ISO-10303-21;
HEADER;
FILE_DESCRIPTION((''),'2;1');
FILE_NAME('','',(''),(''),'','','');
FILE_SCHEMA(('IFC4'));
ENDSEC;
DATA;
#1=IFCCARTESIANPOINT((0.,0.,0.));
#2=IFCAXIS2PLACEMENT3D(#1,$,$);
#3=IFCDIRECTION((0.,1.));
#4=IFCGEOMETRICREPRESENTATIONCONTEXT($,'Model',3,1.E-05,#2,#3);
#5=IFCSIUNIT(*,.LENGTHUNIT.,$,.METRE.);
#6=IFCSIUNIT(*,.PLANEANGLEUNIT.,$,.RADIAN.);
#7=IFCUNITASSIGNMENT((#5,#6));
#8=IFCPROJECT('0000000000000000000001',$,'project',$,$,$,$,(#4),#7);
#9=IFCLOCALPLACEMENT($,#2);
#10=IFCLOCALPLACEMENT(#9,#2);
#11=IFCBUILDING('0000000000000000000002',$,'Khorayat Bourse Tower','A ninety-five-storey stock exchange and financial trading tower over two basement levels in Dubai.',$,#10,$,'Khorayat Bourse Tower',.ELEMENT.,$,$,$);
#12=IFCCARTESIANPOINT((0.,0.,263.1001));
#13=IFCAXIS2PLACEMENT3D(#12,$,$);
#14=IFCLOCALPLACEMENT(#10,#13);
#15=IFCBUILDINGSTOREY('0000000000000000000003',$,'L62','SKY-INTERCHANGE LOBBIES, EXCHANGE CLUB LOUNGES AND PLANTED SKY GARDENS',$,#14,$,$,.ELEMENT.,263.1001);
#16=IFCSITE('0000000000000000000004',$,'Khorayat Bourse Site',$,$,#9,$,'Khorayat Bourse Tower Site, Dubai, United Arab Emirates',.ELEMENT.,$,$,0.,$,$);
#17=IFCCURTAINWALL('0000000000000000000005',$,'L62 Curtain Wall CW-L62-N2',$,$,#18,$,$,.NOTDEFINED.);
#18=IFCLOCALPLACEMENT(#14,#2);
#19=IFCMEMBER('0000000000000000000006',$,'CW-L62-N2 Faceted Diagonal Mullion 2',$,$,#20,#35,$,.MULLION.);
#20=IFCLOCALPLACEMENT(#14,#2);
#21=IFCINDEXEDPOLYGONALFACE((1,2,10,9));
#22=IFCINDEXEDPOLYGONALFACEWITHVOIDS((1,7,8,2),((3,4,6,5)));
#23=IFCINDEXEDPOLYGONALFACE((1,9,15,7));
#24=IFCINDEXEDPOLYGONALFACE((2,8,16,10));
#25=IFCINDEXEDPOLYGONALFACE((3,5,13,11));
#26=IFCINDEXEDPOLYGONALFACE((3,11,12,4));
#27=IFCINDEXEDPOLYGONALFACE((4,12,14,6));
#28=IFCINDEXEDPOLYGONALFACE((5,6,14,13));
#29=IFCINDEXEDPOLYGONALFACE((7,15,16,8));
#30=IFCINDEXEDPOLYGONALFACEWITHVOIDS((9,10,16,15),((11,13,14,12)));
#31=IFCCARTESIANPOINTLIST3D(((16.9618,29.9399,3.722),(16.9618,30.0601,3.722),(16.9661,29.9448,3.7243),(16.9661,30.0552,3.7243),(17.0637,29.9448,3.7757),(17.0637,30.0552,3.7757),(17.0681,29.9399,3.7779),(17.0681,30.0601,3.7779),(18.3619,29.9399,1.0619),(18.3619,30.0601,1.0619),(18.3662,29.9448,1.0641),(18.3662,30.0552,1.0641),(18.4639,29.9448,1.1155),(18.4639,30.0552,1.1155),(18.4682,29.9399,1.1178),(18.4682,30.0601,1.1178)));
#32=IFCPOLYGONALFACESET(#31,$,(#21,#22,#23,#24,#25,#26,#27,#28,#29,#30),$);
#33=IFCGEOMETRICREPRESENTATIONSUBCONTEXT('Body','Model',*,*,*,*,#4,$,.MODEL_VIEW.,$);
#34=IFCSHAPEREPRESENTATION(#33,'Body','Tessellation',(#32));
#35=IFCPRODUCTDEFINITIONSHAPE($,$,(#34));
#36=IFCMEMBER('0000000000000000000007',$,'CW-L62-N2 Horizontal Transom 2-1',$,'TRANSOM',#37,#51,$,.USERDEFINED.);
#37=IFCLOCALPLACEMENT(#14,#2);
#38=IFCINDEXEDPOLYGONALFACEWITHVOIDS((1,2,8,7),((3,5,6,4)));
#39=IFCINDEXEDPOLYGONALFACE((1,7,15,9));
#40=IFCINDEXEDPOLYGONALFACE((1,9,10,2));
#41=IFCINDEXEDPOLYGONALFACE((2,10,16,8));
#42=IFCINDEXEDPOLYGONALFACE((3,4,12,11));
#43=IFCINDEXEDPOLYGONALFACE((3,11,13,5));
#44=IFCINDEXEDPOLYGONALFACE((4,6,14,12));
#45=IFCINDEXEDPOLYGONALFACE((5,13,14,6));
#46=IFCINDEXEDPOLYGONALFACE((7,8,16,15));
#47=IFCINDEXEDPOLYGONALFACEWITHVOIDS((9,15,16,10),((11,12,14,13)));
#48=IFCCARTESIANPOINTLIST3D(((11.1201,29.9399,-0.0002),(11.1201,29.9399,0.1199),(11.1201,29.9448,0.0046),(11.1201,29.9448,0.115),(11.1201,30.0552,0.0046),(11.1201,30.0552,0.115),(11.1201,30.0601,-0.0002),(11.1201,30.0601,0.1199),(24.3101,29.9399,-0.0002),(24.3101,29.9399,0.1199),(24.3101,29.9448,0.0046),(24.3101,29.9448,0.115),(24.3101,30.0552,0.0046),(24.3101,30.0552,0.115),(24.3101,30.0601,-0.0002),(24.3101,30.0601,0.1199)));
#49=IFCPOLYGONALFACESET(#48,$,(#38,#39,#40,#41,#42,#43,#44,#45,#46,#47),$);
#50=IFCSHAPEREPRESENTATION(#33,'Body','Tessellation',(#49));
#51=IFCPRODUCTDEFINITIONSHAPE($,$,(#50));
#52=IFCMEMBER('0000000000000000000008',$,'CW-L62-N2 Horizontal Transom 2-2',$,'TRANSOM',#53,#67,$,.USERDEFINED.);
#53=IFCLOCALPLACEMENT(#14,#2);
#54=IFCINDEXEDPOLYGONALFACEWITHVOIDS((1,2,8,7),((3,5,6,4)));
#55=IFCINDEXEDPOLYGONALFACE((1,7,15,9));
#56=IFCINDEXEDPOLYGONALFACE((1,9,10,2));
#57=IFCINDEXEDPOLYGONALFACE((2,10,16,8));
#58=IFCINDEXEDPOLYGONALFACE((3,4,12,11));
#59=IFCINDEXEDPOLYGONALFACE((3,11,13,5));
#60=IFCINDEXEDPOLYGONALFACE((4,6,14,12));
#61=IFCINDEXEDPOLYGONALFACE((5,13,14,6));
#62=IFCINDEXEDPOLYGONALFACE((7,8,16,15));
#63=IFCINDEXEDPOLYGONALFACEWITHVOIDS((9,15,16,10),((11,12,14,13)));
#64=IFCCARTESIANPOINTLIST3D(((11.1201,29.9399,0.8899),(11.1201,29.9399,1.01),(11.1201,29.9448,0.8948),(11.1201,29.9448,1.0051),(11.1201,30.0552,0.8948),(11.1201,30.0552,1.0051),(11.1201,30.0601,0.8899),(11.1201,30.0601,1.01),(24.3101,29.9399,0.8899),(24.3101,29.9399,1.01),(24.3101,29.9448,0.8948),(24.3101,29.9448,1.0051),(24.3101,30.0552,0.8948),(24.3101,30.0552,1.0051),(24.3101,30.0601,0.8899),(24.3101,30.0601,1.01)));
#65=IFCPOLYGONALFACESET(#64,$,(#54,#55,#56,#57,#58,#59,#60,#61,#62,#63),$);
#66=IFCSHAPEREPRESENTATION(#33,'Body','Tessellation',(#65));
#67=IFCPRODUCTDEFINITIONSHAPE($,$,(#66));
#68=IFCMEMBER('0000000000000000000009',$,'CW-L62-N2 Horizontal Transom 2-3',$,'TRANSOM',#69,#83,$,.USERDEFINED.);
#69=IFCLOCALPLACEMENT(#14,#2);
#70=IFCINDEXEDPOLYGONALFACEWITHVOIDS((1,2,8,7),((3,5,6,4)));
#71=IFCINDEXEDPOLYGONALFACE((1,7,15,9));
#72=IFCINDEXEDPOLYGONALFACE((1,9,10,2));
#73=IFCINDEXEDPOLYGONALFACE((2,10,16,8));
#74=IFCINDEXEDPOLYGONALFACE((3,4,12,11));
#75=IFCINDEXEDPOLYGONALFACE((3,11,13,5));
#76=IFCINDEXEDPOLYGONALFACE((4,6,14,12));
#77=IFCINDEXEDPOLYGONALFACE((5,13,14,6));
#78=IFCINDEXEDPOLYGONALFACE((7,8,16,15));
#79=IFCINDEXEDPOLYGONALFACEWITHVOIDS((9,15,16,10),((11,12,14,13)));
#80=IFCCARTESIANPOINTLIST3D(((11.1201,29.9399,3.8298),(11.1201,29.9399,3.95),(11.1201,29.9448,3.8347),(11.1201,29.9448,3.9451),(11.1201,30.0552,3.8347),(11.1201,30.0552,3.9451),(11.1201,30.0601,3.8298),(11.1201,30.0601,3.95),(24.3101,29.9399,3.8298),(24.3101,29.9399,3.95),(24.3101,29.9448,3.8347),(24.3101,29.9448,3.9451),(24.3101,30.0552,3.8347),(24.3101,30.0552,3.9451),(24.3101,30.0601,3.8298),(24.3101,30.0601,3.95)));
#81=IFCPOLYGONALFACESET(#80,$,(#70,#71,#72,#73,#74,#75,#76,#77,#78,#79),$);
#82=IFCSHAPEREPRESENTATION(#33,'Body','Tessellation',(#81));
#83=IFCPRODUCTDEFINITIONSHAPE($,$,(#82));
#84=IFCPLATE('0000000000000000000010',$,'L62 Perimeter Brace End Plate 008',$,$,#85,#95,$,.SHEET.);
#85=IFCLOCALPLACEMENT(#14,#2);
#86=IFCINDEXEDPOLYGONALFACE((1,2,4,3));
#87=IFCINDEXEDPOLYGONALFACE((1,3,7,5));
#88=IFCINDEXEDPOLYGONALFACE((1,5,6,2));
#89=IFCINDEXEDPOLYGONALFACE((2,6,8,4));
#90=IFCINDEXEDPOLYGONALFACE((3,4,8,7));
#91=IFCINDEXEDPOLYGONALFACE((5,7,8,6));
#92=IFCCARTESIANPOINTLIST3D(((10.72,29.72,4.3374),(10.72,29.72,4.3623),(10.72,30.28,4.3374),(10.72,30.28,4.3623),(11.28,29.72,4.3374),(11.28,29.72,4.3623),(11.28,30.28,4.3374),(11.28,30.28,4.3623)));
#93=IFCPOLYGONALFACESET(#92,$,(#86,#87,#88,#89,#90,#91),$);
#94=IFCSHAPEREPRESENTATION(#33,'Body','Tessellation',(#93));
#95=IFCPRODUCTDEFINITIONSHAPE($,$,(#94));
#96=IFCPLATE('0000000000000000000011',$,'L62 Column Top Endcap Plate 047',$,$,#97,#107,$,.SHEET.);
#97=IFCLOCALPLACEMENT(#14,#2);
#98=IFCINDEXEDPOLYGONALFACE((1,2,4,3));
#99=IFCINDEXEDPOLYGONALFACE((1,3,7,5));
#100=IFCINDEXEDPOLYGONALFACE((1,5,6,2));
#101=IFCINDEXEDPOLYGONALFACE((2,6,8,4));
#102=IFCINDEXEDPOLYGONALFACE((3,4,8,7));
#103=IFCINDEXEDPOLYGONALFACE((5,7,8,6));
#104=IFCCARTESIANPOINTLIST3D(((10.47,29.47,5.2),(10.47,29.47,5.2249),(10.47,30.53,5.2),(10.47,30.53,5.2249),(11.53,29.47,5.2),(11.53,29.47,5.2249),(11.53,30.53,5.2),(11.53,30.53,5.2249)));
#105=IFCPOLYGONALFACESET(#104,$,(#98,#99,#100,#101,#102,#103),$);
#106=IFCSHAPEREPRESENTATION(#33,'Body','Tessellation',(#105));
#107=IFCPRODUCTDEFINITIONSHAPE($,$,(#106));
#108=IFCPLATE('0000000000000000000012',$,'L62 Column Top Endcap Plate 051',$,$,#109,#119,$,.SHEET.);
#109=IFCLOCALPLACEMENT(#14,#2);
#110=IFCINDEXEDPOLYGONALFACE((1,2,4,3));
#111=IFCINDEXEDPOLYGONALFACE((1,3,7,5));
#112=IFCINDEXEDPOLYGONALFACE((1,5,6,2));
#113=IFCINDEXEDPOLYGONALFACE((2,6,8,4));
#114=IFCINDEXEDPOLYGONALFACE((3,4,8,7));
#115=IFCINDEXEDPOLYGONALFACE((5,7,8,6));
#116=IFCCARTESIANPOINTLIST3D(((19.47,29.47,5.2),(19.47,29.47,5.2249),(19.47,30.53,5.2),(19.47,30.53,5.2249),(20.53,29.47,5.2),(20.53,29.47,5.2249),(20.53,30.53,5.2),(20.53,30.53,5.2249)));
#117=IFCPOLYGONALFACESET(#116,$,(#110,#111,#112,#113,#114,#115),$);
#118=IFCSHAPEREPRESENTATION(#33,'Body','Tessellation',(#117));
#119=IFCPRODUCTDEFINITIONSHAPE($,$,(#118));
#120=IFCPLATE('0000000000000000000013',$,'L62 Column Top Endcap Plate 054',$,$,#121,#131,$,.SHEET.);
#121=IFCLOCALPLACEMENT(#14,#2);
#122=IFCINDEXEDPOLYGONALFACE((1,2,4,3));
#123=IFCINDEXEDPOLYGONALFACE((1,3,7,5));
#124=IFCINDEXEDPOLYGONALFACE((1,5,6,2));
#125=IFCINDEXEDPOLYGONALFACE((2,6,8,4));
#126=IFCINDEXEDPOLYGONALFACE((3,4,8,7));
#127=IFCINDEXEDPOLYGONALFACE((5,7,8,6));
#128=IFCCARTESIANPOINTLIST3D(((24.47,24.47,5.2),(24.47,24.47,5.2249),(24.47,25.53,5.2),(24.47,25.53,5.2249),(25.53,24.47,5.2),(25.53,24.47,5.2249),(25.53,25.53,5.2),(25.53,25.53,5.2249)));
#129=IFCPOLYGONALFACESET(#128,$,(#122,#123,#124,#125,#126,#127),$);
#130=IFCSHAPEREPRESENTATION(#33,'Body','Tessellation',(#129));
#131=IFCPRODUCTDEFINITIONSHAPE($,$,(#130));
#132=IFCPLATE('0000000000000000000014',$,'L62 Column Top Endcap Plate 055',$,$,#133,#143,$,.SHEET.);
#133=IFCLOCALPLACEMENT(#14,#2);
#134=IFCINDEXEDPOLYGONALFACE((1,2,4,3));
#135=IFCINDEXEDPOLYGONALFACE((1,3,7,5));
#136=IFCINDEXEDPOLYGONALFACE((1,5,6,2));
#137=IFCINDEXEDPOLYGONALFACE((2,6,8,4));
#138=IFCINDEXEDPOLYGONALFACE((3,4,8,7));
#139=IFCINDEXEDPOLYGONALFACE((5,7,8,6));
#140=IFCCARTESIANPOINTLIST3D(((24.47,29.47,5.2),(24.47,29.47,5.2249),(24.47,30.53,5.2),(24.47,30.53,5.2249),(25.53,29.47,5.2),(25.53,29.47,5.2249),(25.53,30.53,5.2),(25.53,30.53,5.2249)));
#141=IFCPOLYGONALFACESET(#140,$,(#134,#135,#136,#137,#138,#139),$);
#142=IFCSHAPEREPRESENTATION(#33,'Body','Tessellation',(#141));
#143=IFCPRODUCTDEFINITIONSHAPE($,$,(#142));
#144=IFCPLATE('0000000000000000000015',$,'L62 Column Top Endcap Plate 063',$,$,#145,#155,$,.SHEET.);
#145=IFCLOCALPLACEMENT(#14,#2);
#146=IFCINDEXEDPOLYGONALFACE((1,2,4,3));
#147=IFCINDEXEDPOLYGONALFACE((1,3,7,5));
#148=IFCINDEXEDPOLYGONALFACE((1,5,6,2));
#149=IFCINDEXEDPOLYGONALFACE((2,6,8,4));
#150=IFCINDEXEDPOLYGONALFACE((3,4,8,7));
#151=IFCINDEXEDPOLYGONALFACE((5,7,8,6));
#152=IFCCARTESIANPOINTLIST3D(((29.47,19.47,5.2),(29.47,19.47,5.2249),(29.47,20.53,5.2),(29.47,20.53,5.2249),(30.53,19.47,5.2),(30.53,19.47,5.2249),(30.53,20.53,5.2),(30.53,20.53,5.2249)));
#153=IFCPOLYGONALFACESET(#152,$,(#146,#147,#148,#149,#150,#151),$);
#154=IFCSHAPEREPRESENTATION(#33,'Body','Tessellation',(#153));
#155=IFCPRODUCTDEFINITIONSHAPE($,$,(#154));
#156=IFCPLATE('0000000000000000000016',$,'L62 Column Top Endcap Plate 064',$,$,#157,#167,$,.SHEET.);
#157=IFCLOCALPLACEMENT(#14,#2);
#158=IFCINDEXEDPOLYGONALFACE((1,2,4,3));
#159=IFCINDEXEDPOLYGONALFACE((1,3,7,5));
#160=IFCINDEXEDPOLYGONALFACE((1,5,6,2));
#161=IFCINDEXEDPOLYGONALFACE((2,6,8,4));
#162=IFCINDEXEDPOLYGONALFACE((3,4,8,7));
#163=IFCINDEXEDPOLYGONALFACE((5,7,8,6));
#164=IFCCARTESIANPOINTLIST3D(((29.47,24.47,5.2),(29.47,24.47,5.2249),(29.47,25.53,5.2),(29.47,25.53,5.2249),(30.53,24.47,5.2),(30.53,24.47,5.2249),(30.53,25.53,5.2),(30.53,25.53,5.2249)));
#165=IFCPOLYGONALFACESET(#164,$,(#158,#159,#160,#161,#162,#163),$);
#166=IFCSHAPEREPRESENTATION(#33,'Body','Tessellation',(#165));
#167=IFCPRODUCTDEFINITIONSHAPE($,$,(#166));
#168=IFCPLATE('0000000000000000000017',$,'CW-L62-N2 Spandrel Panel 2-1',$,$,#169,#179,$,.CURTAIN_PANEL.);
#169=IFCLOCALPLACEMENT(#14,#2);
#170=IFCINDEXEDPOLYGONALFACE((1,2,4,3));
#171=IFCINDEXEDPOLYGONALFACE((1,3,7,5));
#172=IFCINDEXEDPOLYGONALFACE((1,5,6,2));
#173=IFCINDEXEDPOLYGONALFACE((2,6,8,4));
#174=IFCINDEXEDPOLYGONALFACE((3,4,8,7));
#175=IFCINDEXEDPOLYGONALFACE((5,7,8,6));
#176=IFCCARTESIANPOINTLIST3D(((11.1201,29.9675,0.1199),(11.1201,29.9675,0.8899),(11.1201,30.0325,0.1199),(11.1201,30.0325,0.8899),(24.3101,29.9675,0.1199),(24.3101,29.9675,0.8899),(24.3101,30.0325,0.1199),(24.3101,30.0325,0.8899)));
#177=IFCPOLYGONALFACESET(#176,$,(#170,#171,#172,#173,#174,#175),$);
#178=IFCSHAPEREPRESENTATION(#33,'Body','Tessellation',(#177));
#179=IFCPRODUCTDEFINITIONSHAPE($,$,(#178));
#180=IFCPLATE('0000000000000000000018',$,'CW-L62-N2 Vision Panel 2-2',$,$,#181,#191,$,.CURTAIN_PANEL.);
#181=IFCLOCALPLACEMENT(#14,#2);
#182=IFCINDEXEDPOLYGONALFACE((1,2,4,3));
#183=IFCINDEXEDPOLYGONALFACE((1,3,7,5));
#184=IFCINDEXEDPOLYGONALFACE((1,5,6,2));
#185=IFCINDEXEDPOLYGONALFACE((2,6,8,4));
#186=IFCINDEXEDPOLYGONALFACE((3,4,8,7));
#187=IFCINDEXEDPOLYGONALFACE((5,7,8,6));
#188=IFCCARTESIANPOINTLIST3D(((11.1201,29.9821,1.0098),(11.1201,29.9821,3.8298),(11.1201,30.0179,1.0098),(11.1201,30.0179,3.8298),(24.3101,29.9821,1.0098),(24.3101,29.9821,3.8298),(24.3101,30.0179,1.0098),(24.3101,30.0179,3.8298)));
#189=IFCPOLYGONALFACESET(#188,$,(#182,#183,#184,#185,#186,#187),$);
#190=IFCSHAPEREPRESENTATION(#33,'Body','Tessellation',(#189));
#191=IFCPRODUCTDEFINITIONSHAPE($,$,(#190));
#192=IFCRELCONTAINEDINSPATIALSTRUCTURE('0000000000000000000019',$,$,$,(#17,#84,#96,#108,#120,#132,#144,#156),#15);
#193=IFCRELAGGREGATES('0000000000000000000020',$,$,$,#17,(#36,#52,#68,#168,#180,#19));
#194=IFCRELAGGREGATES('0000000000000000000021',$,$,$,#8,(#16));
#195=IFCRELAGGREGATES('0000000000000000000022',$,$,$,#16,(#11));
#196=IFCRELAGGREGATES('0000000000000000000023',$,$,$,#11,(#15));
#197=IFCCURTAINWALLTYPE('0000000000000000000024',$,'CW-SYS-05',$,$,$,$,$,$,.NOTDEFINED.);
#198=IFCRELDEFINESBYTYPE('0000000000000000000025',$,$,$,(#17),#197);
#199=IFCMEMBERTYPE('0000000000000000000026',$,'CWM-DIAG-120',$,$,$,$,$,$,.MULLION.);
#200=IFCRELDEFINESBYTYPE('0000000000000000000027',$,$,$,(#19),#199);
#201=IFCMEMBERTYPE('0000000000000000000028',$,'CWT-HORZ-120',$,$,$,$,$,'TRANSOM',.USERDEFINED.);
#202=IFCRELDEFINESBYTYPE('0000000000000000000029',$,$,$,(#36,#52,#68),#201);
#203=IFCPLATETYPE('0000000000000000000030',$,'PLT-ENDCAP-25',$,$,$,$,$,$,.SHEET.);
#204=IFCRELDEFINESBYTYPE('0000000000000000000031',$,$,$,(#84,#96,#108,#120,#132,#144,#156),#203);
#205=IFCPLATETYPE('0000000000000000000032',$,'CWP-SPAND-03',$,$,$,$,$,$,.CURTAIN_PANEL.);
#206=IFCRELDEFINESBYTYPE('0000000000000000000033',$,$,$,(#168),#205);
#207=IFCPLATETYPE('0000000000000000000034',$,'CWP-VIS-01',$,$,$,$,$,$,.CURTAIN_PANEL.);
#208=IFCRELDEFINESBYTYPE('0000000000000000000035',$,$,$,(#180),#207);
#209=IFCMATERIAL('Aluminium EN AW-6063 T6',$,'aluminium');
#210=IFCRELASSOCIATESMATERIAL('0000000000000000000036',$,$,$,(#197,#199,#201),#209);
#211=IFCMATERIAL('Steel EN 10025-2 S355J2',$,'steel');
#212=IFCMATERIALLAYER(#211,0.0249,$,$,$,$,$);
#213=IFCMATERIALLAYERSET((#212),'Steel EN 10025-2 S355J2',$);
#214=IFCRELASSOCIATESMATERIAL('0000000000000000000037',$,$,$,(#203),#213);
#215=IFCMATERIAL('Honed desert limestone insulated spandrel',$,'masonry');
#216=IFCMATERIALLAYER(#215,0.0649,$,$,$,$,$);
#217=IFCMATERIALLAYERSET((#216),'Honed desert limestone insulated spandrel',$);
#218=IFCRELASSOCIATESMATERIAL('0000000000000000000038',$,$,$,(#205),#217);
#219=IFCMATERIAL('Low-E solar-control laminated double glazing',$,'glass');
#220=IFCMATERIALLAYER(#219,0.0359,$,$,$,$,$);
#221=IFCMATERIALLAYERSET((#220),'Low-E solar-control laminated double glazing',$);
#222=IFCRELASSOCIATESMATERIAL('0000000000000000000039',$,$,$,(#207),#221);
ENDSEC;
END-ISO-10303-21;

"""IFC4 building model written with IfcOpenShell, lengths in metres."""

from ifc_helpers import new_model, si_unit, direction, frame, origin, origin_2d, place, context, subcontext, project, spatial, rectangle, hollow_rectangle, extrude, source, transform, mapped, material, layer, layer_set, material_profile, profile_set, type_object, element, aggregate, save


model = new_model("IFC4")

# Units and contexts
model_context = context("Model", 3, precision=1e-05, world=origin(), true_north=direction((0.0, 1.0)))
body_context = subcontext(model_context, "Body", "Model", "MODEL_VIEW")
ifc_project = project(units=[si_unit("LENGTHUNIT", "METRE"), si_unit("PLANEANGLEUNIT", "RADIAN")], contexts=[model_context])

# Site, building, storey
site_placement = place(None, origin())
site = spatial("IfcSite", under=ifc_project, at=site_placement, Name="Khorayat Bourse Site", LongName="Khorayat Bourse Tower Site, Dubai, United Arab Emirates", CompositionType="ELEMENT", RefElevation=0.0)
building_placement = place(site_placement, origin())
building = spatial("IfcBuilding", under=site, at=building_placement, Name="Khorayat Bourse Tower", Description="A ninety-five-storey stock exchange and financial trading tower over two basement levels in Dubai.", LongName="Khorayat Bourse Tower", CompositionType="ELEMENT")
storey_placement = place(building_placement, frame((0.0, 0.0, 263.1001)))
storey = spatial("IfcBuildingStorey", under=building, at=storey_placement, Name="L62", Description="SKY-INTERCHANGE LOBBIES, EXCHANGE CLUB LOUNGES AND PLANTED SKY GARDENS", CompositionType="ELEMENT", Elevation=263.1001)

# Curtain wall
ifc_material_1 = material(Name="Aluminium EN AW-6063 T6", Category="aluminium")
curtain_wall_type = type_object("IfcCurtainWallType", Name="CW-SYS-05", PredefinedType="NOTDEFINED", material=ifc_material_1)
curtain_wall_1_placement = place(storey_placement, origin())
curtain_wall_1 = element("IfcCurtainWall", 1, at=curtain_wall_1_placement, inside=storey, type_object=curtain_wall_type, Name="L62 Curtain Wall CW-L62-N2", PredefinedType="NOTDEFINED")

# Members
ifc_material_profile_1 = material_profile(ifc_material_1, hollow_rectangle(XDim=0.1201, YDim=0.1201, WallThickness=0.0049, at=origin_2d()), Name="ALU 120x120x5")
ifc_profile_set_1 = profile_set([ifc_material_profile_1], Name="Aluminium EN AW-6063 T6")
member_type_1 = type_object("IfcMemberType", Name="CWM-DIAG-120", PredefinedType="MULLION", material=ifc_profile_set_1)
shared_shape_1 = source(origin(), body_context, "Body", "SweptSolid", [
    extrude(hollow_rectangle(XDim=0.1201, YDim=0.1201, WallThickness=0.0049, at=origin_2d()), origin(), (0.0, 0.0, 1.0), 3.0061),
])
member_1_placement = place(storey_placement, frame((18.415, 30.0, 1.0898), z_axis=(-0.465763, 0.0, 0.884909), x_axis=(0.0, -1.0, 0.0)))
member_1 = element("IfcMember", 2, at=member_1_placement, type_object=member_type_1, Name="CW-L62-N2 Faceted Diagonal Mullion 2", PredefinedType="MULLION", context=body_context, shape_type="MappedRepresentation", body=[
    mapped(shared_shape_1, transform((0.0, 0.0, 0.0), scale=1.0)),
])
ifc_material_profile_2 = material_profile(ifc_material_1, hollow_rectangle(XDim=0.1201, YDim=0.1201, WallThickness=0.0049, at=origin_2d()), Name="ALU 120x120x5")
ifc_profile_set_2 = profile_set([ifc_material_profile_2], Name="Aluminium EN AW-6063 T6")
member_type_2 = type_object("IfcMemberType", Name="CWT-HORZ-120", ElementType="TRANSOM", PredefinedType="USERDEFINED", material=ifc_profile_set_2)
shared_shape_2 = source(origin(), body_context, "Body", "SweptSolid", [
    extrude(hollow_rectangle(XDim=0.1201, YDim=0.1201, WallThickness=0.0049, at=origin_2d()), origin(), (0.0, 0.0, 1.0), 13.1899),
])
member_2_placement = place(storey_placement, frame((11.1201, 30.0, 0.0598), z_axis=(1.0, 0.0, 0.0), x_axis=(0.0, 1.0, 0.0)))
member_2 = element("IfcMember", 3, at=member_2_placement, type_object=member_type_2, Name="CW-L62-N2 Horizontal Transom 2-1", ObjectType="TRANSOM", PredefinedType="USERDEFINED", context=body_context, shape_type="MappedRepresentation", body=[
    mapped(shared_shape_2, transform((0.0, 0.0, 0.0), scale=1.0)),
])
member_3_placement = place(storey_placement, frame((11.1201, 30.0, 0.95), z_axis=(1.0, 0.0, 0.0), x_axis=(0.0, 1.0, 0.0)))
member_3 = element("IfcMember", 4, at=member_3_placement, type_object=member_type_2, Name="CW-L62-N2 Horizontal Transom 2-2", ObjectType="TRANSOM", PredefinedType="USERDEFINED", context=body_context, shape_type="MappedRepresentation", body=[
    mapped(shared_shape_2, transform((0.0, 0.0, 0.0), scale=1.0)),
])
member_4_placement = place(storey_placement, frame((11.1201, 30.0, 3.8899), z_axis=(1.0, 0.0, 0.0), x_axis=(0.0, 1.0, 0.0)))
member_4 = element("IfcMember", 5, at=member_4_placement, type_object=member_type_2, Name="CW-L62-N2 Horizontal Transom 2-3", ObjectType="TRANSOM", PredefinedType="USERDEFINED", context=body_context, shape_type="MappedRepresentation", body=[
    mapped(shared_shape_2, transform((0.0, 0.0, 0.0), scale=1.0)),
])

# Plates
ifc_material_2 = material(Name="Steel EN 10025-2 S355J2", Category="steel")
ifc_layer_1 = layer(ifc_material_2, 0.0249)
ifc_layer_set_1 = layer_set([ifc_layer_1], Name="Steel EN 10025-2 S355J2")
plate_type_1 = type_object("IfcPlateType", Name="PLT-ENDCAP-25", PredefinedType="SHEET", material=ifc_layer_set_1)
shared_shape_3 = source(origin(), body_context, "Body", "SweptSolid", [
    extrude(rectangle(XDim=0.5601, YDim=0.5601, at=origin_2d()), origin(), (0.0, 0.0, 1.0), 0.0249),
])
plate_1_placement = place(storey_placement, frame((11.0, 30.0, 4.3374), z_axis=(0.0, 0.0, 1.0), x_axis=(1.0, 0.0, 0.0)))
element("IfcPlate", 6, at=plate_1_placement, inside=storey, type_object=plate_type_1, Name="L62 Perimeter Brace End Plate 008", PredefinedType="SHEET", context=body_context, shape_type="MappedRepresentation", body=[
    mapped(shared_shape_3, transform((0.0, 0.0, 0.0), scale=1.0)),
])
shared_shape_4 = source(origin(), body_context, "Body", "SweptSolid", [
    extrude(rectangle(XDim=1.0601, YDim=1.0601, at=origin_2d()), origin(), (0.0, 0.0, 1.0), 0.0249),
])
for number, where, z_axis, x_axis, name in (
    (7, (11.0, 30.0, 5.2), (0.0, 0.0, 1.0), (1.0, 0.0, 0.0), "L62 Column Top Endcap Plate 047"),
    (8, (20.0, 30.0, 5.2), (0.0, 0.0, 1.0), (1.0, 0.0, 0.0), "L62 Column Top Endcap Plate 051"),
    (9, (25.0, 25.0, 5.2), (0.0, 0.0, 1.0), (1.0, 0.0, 0.0), "L62 Column Top Endcap Plate 054"),
    (10, (25.0, 30.0, 5.2), (0.0, 0.0, 1.0), (1.0, 0.0, 0.0), "L62 Column Top Endcap Plate 055"),
    (11, (30.0, 20.0, 5.2), (0.0, 0.0, 1.0), (1.0, 0.0, 0.0), "L62 Column Top Endcap Plate 063"),
    (12, (30.0, 25.0, 5.2), (0.0, 0.0, 1.0), (1.0, 0.0, 0.0), "L62 Column Top Endcap Plate 064"),
):
    element("IfcPlate", number, at=place(storey_placement, frame(where, z_axis=z_axis, x_axis=x_axis)), inside=storey, type_object=plate_type_1, Name=name, PredefinedType="SHEET", context=body_context, shape_type="MappedRepresentation", body=[
        mapped(shared_shape_4, transform((0.0, 0.0, 0.0), scale=1.0)),
    ])

# Plates
ifc_material_3 = material(Name="Honed desert limestone insulated spandrel", Category="masonry")
ifc_layer_2 = layer(ifc_material_3, 0.0649)
ifc_layer_set_2 = layer_set([ifc_layer_2], Name="Honed desert limestone insulated spandrel")
plate_type_2 = type_object("IfcPlateType", Name="CWP-SPAND-03", PredefinedType="CURTAIN_PANEL", material=ifc_layer_set_2)
shared_shape_5 = source(origin(), body_context, "Body", "SweptSolid", [
    extrude(rectangle(XDim=13.1899, YDim=0.0649, at=origin_2d()), origin(), (0.0, 0.0, 1.0), 0.77),
])
plate_2_placement = place(storey_placement, frame((17.7151, 30.0, 0.1199), z_axis=(0.0, 0.0, 1.0), x_axis=(1.0, 0.0, 0.0)))
plate_2 = element("IfcPlate", 13, at=plate_2_placement, type_object=plate_type_2, Name="CW-L62-N2 Spandrel Panel 2-1", PredefinedType="CURTAIN_PANEL", context=body_context, shape_type="MappedRepresentation", body=[
    mapped(shared_shape_5, transform((0.0, 0.0, 0.0), scale=1.0)),
])
ifc_material_4 = material(Name="Low-E solar-control laminated double glazing", Category="glass")
ifc_layer_3 = layer(ifc_material_4, 0.0359)
ifc_layer_set_3 = layer_set([ifc_layer_3], Name="Low-E solar-control laminated double glazing")
plate_type_3 = type_object("IfcPlateType", Name="CWP-VIS-01", PredefinedType="CURTAIN_PANEL", material=ifc_layer_set_3)
shared_shape_6 = source(origin(), body_context, "Body", "SweptSolid", [
    extrude(rectangle(XDim=13.1899, YDim=0.0359, at=origin_2d()), origin(), (0.0, 0.0, 1.0), 2.8201),
])
plate_3_placement = place(storey_placement, frame((17.7151, 30.0, 1.0098), z_axis=(0.0, 0.0, 1.0), x_axis=(1.0, 0.0, 0.0)))
plate_3 = element("IfcPlate", 14, at=plate_3_placement, type_object=plate_type_3, Name="CW-L62-N2 Vision Panel 2-2", PredefinedType="CURTAIN_PANEL", context=body_context, shape_type="MappedRepresentation", body=[
    mapped(shared_shape_6, transform((0.0, 0.0, 0.0), scale=1.0)),
])
aggregate(curtain_wall_1, [member_2, member_3, member_4, plate_2, plate_3, member_1])

save(model, "model.ifc")
